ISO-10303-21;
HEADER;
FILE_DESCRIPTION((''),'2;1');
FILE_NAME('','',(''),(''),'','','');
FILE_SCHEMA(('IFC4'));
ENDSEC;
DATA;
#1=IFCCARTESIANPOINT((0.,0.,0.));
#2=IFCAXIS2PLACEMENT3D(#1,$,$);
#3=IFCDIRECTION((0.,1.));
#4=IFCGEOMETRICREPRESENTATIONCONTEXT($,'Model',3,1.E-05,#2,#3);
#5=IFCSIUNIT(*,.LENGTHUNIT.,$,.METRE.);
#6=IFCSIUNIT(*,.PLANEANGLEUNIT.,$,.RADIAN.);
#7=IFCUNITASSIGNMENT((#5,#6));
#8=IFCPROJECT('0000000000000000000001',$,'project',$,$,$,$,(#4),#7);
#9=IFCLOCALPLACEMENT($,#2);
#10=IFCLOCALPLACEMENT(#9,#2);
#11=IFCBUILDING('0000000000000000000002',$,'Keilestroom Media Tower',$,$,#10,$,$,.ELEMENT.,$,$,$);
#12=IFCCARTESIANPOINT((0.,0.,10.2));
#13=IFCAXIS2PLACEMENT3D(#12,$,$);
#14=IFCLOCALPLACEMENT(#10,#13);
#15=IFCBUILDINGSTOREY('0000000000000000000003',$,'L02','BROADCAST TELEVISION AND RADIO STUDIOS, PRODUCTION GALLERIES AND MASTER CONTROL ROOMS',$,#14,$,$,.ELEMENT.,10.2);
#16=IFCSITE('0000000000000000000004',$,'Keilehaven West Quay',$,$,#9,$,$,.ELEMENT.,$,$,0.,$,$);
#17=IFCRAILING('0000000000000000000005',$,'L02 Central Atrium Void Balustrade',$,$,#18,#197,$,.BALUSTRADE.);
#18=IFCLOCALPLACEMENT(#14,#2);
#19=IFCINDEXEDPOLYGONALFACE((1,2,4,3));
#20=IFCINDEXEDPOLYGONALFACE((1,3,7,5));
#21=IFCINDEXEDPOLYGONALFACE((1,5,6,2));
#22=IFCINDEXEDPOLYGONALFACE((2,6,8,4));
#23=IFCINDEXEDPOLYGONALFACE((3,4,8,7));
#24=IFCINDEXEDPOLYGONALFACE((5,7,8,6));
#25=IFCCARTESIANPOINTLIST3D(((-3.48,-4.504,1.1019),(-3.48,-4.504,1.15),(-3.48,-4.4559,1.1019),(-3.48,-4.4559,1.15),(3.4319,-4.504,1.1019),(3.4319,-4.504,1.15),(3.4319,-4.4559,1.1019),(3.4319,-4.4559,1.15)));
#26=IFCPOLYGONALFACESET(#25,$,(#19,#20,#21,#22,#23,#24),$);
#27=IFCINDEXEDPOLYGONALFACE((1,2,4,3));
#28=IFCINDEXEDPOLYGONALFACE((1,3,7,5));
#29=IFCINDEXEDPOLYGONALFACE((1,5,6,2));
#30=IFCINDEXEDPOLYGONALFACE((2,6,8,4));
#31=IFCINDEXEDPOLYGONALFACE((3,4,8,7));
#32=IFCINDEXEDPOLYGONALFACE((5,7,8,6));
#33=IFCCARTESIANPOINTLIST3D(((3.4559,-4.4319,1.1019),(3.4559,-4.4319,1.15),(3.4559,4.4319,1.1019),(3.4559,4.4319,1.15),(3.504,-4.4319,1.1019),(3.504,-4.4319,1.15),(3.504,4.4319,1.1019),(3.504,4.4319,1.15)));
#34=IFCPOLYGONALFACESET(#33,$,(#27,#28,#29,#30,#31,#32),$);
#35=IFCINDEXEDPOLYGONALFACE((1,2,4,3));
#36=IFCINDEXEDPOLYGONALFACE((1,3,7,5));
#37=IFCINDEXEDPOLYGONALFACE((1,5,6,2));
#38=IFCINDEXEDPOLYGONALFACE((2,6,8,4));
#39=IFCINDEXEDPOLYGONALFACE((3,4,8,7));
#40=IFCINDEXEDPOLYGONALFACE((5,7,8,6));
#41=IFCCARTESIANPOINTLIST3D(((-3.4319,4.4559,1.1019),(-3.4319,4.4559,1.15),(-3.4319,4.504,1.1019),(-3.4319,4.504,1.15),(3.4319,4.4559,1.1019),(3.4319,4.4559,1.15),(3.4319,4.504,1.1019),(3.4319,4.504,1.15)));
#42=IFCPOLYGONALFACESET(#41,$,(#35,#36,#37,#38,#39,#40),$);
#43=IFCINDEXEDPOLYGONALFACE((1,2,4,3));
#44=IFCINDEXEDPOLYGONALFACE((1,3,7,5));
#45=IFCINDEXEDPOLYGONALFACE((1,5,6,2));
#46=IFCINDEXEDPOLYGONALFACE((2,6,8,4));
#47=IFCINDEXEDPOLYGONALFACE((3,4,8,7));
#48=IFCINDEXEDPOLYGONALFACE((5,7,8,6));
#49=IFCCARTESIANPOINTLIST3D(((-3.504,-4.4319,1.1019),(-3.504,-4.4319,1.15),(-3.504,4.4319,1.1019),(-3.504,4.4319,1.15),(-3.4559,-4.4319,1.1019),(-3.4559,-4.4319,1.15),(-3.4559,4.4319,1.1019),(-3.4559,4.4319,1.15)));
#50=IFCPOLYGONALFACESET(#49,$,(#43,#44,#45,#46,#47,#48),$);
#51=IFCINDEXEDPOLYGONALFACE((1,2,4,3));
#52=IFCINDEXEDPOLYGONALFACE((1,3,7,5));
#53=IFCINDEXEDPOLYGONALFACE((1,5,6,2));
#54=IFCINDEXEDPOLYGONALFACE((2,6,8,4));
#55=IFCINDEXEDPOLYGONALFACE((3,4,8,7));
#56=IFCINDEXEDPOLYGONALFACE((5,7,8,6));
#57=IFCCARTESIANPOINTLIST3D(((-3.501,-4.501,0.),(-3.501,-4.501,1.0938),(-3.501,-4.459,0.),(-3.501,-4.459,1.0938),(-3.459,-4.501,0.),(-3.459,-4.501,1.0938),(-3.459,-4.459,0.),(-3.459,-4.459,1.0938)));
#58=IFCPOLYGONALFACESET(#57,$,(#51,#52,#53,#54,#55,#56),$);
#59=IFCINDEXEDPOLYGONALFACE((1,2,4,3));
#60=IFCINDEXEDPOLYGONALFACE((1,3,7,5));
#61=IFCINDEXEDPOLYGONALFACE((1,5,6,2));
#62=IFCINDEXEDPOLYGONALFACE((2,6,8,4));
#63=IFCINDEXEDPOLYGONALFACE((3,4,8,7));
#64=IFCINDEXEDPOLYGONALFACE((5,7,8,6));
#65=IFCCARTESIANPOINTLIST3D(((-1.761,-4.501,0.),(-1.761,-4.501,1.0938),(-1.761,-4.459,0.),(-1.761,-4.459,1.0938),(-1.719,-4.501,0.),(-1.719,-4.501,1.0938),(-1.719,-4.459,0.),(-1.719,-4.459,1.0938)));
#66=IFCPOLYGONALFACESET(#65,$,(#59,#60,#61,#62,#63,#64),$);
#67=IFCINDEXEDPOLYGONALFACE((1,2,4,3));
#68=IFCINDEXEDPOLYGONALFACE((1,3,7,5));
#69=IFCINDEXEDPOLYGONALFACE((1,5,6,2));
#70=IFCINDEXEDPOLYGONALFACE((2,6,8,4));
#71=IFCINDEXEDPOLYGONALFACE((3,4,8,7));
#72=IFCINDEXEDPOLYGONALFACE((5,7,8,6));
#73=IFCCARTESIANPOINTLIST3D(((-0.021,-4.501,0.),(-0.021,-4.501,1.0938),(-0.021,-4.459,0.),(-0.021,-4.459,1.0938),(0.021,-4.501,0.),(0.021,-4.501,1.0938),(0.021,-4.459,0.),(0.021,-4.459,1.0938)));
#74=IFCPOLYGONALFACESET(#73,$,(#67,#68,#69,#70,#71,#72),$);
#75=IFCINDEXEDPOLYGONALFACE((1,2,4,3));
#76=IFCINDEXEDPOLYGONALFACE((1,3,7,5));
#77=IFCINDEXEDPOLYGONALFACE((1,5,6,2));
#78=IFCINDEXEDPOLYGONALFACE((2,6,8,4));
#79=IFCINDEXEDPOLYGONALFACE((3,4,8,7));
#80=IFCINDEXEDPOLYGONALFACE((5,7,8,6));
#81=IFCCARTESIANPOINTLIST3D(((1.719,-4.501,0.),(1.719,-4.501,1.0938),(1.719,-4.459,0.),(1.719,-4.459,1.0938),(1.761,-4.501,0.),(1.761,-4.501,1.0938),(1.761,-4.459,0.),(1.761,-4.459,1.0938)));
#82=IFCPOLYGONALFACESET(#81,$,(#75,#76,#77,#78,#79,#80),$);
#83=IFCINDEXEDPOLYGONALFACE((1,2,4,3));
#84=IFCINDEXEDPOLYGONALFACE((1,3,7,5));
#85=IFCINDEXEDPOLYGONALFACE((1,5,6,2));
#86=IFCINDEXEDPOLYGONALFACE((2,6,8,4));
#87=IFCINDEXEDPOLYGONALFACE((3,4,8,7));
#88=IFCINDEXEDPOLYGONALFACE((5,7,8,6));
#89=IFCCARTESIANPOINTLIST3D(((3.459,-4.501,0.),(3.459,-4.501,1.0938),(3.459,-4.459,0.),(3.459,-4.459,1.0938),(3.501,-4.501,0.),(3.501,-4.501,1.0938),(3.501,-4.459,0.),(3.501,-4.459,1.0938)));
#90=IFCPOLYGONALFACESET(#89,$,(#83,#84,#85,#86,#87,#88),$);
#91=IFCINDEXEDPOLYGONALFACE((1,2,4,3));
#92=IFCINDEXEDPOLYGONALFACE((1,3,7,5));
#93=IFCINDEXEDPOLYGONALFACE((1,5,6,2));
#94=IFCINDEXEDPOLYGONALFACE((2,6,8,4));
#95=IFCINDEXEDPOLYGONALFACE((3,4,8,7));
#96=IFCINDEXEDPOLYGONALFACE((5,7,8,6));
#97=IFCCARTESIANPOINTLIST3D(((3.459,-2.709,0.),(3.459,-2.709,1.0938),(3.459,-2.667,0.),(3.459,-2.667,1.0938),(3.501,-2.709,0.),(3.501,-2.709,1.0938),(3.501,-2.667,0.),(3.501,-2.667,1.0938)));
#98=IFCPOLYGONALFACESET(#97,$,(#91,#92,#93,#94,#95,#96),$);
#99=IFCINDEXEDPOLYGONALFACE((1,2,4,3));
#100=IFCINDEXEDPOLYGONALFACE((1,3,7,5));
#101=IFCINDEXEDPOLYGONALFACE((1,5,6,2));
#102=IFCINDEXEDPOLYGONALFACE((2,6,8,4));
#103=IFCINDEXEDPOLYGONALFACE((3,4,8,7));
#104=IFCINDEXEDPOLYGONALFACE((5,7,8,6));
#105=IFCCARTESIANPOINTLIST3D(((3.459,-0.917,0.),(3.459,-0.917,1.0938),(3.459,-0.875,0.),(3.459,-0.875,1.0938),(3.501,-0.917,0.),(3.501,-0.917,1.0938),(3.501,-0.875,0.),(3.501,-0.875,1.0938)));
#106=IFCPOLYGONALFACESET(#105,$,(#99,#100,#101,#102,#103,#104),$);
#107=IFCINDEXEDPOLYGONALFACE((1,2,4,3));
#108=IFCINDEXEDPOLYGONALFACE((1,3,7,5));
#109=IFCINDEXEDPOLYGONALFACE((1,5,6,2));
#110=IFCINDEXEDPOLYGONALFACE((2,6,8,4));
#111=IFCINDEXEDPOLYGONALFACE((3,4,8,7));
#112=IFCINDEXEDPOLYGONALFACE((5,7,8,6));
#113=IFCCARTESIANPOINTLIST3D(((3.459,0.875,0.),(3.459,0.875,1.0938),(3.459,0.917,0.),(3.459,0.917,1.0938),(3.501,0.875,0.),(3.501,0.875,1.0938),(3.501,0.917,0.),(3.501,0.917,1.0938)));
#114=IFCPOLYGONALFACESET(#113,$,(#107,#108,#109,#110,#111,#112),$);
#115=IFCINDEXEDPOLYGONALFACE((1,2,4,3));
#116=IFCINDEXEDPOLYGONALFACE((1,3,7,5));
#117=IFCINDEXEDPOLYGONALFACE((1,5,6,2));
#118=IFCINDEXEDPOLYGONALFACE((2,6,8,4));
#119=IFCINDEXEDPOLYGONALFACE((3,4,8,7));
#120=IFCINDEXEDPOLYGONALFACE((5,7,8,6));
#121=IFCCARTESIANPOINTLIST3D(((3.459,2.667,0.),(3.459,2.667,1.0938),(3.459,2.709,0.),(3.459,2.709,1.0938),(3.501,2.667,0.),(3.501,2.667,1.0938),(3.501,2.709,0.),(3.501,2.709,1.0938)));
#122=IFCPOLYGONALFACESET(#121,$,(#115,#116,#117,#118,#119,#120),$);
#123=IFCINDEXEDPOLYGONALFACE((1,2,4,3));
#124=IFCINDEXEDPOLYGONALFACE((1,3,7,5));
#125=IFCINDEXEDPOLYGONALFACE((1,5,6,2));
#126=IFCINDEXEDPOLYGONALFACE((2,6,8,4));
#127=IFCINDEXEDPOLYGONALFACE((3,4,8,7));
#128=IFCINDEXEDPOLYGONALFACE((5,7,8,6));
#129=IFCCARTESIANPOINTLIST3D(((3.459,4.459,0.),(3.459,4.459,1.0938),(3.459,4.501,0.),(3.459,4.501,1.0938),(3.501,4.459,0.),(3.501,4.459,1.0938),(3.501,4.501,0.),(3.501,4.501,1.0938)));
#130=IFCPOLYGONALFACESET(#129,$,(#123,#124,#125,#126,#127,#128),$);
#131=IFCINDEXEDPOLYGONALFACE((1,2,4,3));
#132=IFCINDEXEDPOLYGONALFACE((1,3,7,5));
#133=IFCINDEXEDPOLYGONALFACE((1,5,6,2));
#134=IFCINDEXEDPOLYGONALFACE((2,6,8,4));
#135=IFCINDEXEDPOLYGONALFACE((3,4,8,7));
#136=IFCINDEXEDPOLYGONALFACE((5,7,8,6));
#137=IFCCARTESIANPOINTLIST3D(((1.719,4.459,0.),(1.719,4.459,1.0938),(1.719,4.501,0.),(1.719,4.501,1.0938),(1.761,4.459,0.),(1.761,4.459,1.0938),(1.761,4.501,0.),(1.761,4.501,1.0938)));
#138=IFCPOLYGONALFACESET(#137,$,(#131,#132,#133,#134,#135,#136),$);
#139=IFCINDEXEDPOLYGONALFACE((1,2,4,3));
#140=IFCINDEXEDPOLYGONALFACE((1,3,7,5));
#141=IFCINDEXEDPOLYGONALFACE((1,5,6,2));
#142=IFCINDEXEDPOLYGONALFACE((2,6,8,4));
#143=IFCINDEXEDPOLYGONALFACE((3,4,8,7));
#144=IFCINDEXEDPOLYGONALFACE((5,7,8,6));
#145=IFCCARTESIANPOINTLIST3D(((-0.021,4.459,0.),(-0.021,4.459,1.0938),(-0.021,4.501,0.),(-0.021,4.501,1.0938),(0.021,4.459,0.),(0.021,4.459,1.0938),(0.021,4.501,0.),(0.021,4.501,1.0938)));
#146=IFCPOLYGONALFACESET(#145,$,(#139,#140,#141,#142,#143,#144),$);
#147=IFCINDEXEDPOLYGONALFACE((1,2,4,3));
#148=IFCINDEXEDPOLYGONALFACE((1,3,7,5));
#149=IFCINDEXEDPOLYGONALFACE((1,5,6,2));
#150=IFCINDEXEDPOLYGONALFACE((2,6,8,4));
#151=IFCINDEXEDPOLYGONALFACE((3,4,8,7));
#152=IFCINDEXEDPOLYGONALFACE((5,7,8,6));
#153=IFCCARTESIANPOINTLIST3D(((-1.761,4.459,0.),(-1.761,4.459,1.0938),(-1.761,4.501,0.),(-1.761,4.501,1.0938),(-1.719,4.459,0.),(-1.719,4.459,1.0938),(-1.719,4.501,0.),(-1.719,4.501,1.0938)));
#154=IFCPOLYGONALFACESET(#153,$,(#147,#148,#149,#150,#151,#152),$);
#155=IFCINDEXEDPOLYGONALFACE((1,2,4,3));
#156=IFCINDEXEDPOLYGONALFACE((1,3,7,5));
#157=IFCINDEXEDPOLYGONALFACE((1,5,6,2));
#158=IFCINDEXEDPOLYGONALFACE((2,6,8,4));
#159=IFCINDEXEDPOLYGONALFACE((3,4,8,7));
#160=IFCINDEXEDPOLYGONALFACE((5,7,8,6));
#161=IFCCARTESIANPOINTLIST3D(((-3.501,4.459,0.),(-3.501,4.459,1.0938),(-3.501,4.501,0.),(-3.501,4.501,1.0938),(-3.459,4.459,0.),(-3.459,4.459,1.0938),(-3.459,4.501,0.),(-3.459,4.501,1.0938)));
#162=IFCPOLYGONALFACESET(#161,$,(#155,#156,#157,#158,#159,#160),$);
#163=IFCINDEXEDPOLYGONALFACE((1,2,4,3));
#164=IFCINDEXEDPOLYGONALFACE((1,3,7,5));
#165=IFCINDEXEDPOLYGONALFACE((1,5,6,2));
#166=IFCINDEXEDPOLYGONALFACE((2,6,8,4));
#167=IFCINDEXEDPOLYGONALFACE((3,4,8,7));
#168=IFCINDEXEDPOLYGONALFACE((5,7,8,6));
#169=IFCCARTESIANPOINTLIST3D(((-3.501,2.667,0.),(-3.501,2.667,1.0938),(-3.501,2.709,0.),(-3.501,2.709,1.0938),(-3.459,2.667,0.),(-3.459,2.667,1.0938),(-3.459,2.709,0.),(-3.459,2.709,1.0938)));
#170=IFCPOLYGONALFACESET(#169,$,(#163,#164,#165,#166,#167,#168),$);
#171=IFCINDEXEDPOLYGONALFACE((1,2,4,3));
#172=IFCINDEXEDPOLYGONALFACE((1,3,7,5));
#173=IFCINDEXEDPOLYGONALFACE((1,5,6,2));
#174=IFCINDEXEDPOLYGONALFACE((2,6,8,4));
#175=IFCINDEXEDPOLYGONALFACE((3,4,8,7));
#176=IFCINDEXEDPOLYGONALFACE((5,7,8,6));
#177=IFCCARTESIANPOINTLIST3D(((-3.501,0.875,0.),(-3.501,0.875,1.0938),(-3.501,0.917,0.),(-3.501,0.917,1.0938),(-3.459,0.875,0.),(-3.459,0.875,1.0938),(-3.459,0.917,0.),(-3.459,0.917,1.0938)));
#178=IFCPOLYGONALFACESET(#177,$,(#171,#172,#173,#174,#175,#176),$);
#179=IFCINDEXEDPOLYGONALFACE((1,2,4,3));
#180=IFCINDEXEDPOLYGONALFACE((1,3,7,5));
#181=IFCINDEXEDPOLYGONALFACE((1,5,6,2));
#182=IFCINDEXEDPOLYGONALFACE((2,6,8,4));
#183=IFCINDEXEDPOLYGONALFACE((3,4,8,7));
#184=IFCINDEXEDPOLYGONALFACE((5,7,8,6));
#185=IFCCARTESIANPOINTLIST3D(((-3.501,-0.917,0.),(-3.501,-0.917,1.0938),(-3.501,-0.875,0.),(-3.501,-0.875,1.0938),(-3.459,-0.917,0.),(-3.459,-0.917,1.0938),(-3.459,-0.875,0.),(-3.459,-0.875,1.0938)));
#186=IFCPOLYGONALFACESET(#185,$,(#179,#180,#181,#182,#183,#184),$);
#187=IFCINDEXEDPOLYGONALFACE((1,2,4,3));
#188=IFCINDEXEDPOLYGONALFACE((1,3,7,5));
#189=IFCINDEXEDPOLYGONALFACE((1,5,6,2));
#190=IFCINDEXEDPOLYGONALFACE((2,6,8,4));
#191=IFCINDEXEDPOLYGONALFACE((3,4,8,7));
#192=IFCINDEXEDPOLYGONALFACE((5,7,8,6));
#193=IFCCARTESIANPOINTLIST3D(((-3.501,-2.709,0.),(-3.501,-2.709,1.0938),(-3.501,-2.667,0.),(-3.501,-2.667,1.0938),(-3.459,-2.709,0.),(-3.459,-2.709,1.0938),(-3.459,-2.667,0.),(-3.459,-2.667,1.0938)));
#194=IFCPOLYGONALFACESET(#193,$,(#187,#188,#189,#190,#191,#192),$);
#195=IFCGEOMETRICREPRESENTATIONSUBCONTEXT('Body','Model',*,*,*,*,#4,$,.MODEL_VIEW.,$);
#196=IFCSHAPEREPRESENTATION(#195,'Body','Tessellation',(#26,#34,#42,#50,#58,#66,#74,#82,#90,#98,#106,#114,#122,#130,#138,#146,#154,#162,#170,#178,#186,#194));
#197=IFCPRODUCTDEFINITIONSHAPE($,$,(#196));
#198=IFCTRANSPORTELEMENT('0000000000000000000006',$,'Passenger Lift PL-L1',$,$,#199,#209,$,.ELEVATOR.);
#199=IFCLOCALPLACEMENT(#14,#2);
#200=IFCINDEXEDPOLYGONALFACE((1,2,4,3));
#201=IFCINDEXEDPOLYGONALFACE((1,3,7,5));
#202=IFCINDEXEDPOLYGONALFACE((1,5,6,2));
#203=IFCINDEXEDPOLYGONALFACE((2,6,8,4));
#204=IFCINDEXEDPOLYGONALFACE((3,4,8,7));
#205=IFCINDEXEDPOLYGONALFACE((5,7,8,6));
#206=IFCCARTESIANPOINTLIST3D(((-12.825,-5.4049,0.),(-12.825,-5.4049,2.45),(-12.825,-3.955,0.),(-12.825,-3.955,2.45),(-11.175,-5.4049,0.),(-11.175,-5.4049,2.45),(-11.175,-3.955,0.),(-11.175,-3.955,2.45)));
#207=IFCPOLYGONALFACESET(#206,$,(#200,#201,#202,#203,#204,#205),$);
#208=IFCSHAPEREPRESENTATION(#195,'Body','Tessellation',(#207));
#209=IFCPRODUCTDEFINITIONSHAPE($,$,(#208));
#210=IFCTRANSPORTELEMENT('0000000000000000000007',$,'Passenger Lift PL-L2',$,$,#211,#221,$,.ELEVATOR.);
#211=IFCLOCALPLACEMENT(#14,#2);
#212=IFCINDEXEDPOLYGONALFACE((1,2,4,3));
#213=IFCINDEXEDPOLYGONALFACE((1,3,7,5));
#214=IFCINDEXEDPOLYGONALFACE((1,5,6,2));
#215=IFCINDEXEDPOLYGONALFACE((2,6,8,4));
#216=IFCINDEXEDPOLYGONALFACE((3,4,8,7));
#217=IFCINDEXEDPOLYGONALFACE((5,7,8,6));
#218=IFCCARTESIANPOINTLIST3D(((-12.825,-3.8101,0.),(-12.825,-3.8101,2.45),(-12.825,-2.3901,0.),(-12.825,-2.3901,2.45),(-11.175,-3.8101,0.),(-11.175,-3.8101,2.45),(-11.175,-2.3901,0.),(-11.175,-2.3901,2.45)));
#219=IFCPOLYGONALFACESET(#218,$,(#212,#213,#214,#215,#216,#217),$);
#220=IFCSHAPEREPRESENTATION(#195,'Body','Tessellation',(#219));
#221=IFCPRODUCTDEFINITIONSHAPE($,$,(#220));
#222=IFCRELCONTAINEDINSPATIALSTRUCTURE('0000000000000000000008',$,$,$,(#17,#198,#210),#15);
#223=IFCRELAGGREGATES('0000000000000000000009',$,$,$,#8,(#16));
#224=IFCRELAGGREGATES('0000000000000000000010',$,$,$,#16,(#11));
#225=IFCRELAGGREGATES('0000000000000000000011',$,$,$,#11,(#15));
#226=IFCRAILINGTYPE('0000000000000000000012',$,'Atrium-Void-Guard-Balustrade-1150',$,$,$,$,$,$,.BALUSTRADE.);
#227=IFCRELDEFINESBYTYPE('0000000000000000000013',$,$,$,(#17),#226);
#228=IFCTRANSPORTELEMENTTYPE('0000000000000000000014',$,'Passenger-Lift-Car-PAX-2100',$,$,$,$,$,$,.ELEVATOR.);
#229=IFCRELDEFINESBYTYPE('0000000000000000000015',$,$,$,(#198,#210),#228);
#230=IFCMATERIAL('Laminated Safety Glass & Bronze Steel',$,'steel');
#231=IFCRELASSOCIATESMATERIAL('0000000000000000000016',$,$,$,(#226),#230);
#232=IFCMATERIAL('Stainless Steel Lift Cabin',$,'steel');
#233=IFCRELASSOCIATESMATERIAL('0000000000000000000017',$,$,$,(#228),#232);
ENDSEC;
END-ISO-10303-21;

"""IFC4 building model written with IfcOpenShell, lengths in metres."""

from ifc_helpers import new_model, si_unit, direction, frame, origin, origin_2d, place, context, subcontext, project, spatial, rectangle, extrude, source, transform, mapped, material, type_object, element, save


model = new_model("IFC4")

# Units and contexts
model_context = context("Model", 3, precision=1e-05, world=origin(), true_north=direction((0.0, 1.0)))
body_context = subcontext(model_context, "Body", "Model", "MODEL_VIEW")
ifc_project = project(units=[si_unit("LENGTHUNIT", "METRE"), si_unit("PLANEANGLEUNIT", "RADIAN")], contexts=[model_context])

# Site, building, storey
site_placement = place(None, origin())
site = spatial("IfcSite", under=ifc_project, at=site_placement, Name="Keilehaven West Quay", CompositionType="ELEMENT", RefElevation=0.0)
building_placement = place(site_placement, origin())
building = spatial("IfcBuilding", under=site, at=building_placement, Name="Keilestroom Media Tower", CompositionType="ELEMENT")
storey_placement = place(building_placement, frame((0.0, 0.0, 10.2)))
storey = spatial("IfcBuildingStorey", under=building, at=storey_placement, Name="L02", Description="BROADCAST TELEVISION AND RADIO STUDIOS, PRODUCTION GALLERIES AND MASTER CONTROL ROOMS", CompositionType="ELEMENT", Elevation=10.2)

# Railing
ifc_material_1 = material(Name="Laminated Safety Glass & Bronze Steel", Category="steel")
railing_type = type_object("IfcRailingType", Name="Atrium-Void-Guard-Balustrade-1150", PredefinedType="BALUSTRADE", material=ifc_material_1)
railing_placement = place(storey_placement, frame((-3.48, -4.48, 0.0)))
element("IfcRailing", 1, at=railing_placement, inside=storey, type_object=railing_type, Name="L02 Central Atrium Void Balustrade", PredefinedType="BALUSTRADE", context=body_context, shape_type="SweptSolid", body=[
    extrude(rectangle(XDim=0.0481, YDim=0.0481, at=origin_2d()), frame((0.0, 0.0, 1.126), z_axis=(1.0, 0.0, 0.0), x_axis=(0.0, 1.0, 0.0)), (0.0, 0.0, 1.0), 6.9119),
    extrude(rectangle(XDim=0.0481, YDim=0.0481, at=origin_2d()), frame((6.96, 0.0481, 1.126), z_axis=(0.0, 1.0, 0.0), x_axis=(-1.0, 0.0, 0.0)), (0.0, 0.0, 1.0), 8.8638),
    extrude(rectangle(XDim=0.0481, YDim=0.0481, at=origin_2d()), frame((6.9119, 8.96, 1.126), z_axis=(-1.0, 0.0, 0.0), x_axis=(0.0, -1.0, 0.0)), (0.0, 0.0, 1.0), 6.8638),
    extrude(rectangle(XDim=0.0481, YDim=0.0481, at=origin_2d()), frame((0.0, 8.9119, 1.126), z_axis=(0.0, -1.0, 0.0), x_axis=(1.0, 0.0, 0.0)), (0.0, 0.0, 1.0), 8.8638),
    extrude(rectangle(XDim=0.042, YDim=0.042, at=origin_2d()), origin(), (0.0, 0.0, 1.0), 1.0938),
    extrude(rectangle(XDim=0.042, YDim=0.042, at=origin_2d()), frame((1.74, 0.0, 0.0)), (0.0, 0.0, 1.0), 1.0938),
    extrude(rectangle(XDim=0.042, YDim=0.042, at=origin_2d()), frame((3.48, 0.0, 0.0)), (0.0, 0.0, 1.0), 1.0938),
    extrude(rectangle(XDim=0.042, YDim=0.042, at=origin_2d()), frame((5.22, 0.0, 0.0)), (0.0, 0.0, 1.0), 1.0938),
    extrude(rectangle(XDim=0.042, YDim=0.042, at=origin_2d()), frame((6.96, 0.0, 0.0)), (0.0, 0.0, 1.0), 1.0938),
    extrude(rectangle(XDim=0.042, YDim=0.042, at=origin_2d()), frame((6.96, 1.792, 0.0)), (0.0, 0.0, 1.0), 1.0938),
    extrude(rectangle(XDim=0.042, YDim=0.042, at=origin_2d()), frame((6.96, 3.584, 0.0)), (0.0, 0.0, 1.0), 1.0938),
    extrude(rectangle(XDim=0.042, YDim=0.042, at=origin_2d()), frame((6.96, 5.376, 0.0)), (0.0, 0.0, 1.0), 1.0938),
    extrude(rectangle(XDim=0.042, YDim=0.042, at=origin_2d()), frame((6.96, 7.168, 0.0)), (0.0, 0.0, 1.0), 1.0938),
    extrude(rectangle(XDim=0.042, YDim=0.042, at=origin_2d()), frame((6.96, 8.96, 0.0)), (0.0, 0.0, 1.0), 1.0938),
    extrude(rectangle(XDim=0.042, YDim=0.042, at=origin_2d()), frame((5.22, 8.96, 0.0)), (0.0, 0.0, 1.0), 1.0938),
    extrude(rectangle(XDim=0.042, YDim=0.042, at=origin_2d()), frame((3.48, 8.96, 0.0)), (0.0, 0.0, 1.0), 1.0938),
    extrude(rectangle(XDim=0.042, YDim=0.042, at=origin_2d()), frame((1.74, 8.96, 0.0)), (0.0, 0.0, 1.0), 1.0938),
    extrude(rectangle(XDim=0.042, YDim=0.042, at=origin_2d()), frame((0.0, 8.96, 0.0)), (0.0, 0.0, 1.0), 1.0938),
    extrude(rectangle(XDim=0.042, YDim=0.042, at=origin_2d()), frame((0.0, 7.168, 0.0)), (0.0, 0.0, 1.0), 1.0938),
    extrude(rectangle(XDim=0.042, YDim=0.042, at=origin_2d()), frame((0.0, 5.376, 0.0)), (0.0, 0.0, 1.0), 1.0938),
    extrude(rectangle(XDim=0.042, YDim=0.042, at=origin_2d()), frame((0.0, 3.584, 0.0)), (0.0, 0.0, 1.0), 1.0938),
    extrude(rectangle(XDim=0.042, YDim=0.042, at=origin_2d()), frame((0.0, 1.792, 0.0)), (0.0, 0.0, 1.0), 1.0938),
])

# Transport elements
ifc_material_2 = material(Name="Stainless Steel Lift Cabin", Category="steel")
transport_element_type = type_object("IfcTransportElementType", Name="Passenger-Lift-Car-PAX-2100", PredefinedType="ELEVATOR", material=ifc_material_2)
shared_shape_1 = source(origin(), body_context, "Body", "SweptSolid", [
    extrude(rectangle(XDim=1.6499, YDim=1.45, at=origin_2d()), origin(), (0.0, 0.0, 1.0), 2.45),
])
transport_element_1_placement = place(storey_placement, frame((-12.0, -4.6799, 0.0), z_axis=(0.0, 0.0, 1.0), x_axis=(1.0, 0.0, 0.0)))
element("IfcTransportElement", 2, at=transport_element_1_placement, inside=storey, type_object=transport_element_type, Name="Passenger Lift PL-L1", PredefinedType="ELEVATOR", context=body_context, shape_type="MappedRepresentation", body=[
    mapped(shared_shape_1, transform((0.0, 0.0, 0.0), x_axis=(1.0, 0.0, 0.0), y_axis=(0.0, 1.0, 0.0), z_axis=(0.0, 0.0, 1.0), scale=1.0)),
])
shared_shape_2 = source(origin(), body_context, "Body", "SweptSolid", [
    extrude(rectangle(XDim=1.6499, YDim=1.4199, at=origin_2d()), origin(), (0.0, 0.0, 1.0), 2.45),
])
transport_element_2_placement = place(storey_placement, frame((-12.0, -3.1001, 0.0), z_axis=(0.0, 0.0, 1.0), x_axis=(1.0, 0.0, 0.0)))
element("IfcTransportElement", 3, at=transport_element_2_placement, inside=storey, type_object=transport_element_type, Name="Passenger Lift PL-L2", PredefinedType="ELEVATOR", context=body_context, shape_type="MappedRepresentation", body=[
    mapped(shared_shape_2, transform((0.0, 0.0, 0.0), x_axis=(1.0, 0.0, 0.0), y_axis=(0.0, 1.0, 0.0), z_axis=(0.0, 0.0, 1.0), scale=1.0)),
])

save(model, "model.ifc")
